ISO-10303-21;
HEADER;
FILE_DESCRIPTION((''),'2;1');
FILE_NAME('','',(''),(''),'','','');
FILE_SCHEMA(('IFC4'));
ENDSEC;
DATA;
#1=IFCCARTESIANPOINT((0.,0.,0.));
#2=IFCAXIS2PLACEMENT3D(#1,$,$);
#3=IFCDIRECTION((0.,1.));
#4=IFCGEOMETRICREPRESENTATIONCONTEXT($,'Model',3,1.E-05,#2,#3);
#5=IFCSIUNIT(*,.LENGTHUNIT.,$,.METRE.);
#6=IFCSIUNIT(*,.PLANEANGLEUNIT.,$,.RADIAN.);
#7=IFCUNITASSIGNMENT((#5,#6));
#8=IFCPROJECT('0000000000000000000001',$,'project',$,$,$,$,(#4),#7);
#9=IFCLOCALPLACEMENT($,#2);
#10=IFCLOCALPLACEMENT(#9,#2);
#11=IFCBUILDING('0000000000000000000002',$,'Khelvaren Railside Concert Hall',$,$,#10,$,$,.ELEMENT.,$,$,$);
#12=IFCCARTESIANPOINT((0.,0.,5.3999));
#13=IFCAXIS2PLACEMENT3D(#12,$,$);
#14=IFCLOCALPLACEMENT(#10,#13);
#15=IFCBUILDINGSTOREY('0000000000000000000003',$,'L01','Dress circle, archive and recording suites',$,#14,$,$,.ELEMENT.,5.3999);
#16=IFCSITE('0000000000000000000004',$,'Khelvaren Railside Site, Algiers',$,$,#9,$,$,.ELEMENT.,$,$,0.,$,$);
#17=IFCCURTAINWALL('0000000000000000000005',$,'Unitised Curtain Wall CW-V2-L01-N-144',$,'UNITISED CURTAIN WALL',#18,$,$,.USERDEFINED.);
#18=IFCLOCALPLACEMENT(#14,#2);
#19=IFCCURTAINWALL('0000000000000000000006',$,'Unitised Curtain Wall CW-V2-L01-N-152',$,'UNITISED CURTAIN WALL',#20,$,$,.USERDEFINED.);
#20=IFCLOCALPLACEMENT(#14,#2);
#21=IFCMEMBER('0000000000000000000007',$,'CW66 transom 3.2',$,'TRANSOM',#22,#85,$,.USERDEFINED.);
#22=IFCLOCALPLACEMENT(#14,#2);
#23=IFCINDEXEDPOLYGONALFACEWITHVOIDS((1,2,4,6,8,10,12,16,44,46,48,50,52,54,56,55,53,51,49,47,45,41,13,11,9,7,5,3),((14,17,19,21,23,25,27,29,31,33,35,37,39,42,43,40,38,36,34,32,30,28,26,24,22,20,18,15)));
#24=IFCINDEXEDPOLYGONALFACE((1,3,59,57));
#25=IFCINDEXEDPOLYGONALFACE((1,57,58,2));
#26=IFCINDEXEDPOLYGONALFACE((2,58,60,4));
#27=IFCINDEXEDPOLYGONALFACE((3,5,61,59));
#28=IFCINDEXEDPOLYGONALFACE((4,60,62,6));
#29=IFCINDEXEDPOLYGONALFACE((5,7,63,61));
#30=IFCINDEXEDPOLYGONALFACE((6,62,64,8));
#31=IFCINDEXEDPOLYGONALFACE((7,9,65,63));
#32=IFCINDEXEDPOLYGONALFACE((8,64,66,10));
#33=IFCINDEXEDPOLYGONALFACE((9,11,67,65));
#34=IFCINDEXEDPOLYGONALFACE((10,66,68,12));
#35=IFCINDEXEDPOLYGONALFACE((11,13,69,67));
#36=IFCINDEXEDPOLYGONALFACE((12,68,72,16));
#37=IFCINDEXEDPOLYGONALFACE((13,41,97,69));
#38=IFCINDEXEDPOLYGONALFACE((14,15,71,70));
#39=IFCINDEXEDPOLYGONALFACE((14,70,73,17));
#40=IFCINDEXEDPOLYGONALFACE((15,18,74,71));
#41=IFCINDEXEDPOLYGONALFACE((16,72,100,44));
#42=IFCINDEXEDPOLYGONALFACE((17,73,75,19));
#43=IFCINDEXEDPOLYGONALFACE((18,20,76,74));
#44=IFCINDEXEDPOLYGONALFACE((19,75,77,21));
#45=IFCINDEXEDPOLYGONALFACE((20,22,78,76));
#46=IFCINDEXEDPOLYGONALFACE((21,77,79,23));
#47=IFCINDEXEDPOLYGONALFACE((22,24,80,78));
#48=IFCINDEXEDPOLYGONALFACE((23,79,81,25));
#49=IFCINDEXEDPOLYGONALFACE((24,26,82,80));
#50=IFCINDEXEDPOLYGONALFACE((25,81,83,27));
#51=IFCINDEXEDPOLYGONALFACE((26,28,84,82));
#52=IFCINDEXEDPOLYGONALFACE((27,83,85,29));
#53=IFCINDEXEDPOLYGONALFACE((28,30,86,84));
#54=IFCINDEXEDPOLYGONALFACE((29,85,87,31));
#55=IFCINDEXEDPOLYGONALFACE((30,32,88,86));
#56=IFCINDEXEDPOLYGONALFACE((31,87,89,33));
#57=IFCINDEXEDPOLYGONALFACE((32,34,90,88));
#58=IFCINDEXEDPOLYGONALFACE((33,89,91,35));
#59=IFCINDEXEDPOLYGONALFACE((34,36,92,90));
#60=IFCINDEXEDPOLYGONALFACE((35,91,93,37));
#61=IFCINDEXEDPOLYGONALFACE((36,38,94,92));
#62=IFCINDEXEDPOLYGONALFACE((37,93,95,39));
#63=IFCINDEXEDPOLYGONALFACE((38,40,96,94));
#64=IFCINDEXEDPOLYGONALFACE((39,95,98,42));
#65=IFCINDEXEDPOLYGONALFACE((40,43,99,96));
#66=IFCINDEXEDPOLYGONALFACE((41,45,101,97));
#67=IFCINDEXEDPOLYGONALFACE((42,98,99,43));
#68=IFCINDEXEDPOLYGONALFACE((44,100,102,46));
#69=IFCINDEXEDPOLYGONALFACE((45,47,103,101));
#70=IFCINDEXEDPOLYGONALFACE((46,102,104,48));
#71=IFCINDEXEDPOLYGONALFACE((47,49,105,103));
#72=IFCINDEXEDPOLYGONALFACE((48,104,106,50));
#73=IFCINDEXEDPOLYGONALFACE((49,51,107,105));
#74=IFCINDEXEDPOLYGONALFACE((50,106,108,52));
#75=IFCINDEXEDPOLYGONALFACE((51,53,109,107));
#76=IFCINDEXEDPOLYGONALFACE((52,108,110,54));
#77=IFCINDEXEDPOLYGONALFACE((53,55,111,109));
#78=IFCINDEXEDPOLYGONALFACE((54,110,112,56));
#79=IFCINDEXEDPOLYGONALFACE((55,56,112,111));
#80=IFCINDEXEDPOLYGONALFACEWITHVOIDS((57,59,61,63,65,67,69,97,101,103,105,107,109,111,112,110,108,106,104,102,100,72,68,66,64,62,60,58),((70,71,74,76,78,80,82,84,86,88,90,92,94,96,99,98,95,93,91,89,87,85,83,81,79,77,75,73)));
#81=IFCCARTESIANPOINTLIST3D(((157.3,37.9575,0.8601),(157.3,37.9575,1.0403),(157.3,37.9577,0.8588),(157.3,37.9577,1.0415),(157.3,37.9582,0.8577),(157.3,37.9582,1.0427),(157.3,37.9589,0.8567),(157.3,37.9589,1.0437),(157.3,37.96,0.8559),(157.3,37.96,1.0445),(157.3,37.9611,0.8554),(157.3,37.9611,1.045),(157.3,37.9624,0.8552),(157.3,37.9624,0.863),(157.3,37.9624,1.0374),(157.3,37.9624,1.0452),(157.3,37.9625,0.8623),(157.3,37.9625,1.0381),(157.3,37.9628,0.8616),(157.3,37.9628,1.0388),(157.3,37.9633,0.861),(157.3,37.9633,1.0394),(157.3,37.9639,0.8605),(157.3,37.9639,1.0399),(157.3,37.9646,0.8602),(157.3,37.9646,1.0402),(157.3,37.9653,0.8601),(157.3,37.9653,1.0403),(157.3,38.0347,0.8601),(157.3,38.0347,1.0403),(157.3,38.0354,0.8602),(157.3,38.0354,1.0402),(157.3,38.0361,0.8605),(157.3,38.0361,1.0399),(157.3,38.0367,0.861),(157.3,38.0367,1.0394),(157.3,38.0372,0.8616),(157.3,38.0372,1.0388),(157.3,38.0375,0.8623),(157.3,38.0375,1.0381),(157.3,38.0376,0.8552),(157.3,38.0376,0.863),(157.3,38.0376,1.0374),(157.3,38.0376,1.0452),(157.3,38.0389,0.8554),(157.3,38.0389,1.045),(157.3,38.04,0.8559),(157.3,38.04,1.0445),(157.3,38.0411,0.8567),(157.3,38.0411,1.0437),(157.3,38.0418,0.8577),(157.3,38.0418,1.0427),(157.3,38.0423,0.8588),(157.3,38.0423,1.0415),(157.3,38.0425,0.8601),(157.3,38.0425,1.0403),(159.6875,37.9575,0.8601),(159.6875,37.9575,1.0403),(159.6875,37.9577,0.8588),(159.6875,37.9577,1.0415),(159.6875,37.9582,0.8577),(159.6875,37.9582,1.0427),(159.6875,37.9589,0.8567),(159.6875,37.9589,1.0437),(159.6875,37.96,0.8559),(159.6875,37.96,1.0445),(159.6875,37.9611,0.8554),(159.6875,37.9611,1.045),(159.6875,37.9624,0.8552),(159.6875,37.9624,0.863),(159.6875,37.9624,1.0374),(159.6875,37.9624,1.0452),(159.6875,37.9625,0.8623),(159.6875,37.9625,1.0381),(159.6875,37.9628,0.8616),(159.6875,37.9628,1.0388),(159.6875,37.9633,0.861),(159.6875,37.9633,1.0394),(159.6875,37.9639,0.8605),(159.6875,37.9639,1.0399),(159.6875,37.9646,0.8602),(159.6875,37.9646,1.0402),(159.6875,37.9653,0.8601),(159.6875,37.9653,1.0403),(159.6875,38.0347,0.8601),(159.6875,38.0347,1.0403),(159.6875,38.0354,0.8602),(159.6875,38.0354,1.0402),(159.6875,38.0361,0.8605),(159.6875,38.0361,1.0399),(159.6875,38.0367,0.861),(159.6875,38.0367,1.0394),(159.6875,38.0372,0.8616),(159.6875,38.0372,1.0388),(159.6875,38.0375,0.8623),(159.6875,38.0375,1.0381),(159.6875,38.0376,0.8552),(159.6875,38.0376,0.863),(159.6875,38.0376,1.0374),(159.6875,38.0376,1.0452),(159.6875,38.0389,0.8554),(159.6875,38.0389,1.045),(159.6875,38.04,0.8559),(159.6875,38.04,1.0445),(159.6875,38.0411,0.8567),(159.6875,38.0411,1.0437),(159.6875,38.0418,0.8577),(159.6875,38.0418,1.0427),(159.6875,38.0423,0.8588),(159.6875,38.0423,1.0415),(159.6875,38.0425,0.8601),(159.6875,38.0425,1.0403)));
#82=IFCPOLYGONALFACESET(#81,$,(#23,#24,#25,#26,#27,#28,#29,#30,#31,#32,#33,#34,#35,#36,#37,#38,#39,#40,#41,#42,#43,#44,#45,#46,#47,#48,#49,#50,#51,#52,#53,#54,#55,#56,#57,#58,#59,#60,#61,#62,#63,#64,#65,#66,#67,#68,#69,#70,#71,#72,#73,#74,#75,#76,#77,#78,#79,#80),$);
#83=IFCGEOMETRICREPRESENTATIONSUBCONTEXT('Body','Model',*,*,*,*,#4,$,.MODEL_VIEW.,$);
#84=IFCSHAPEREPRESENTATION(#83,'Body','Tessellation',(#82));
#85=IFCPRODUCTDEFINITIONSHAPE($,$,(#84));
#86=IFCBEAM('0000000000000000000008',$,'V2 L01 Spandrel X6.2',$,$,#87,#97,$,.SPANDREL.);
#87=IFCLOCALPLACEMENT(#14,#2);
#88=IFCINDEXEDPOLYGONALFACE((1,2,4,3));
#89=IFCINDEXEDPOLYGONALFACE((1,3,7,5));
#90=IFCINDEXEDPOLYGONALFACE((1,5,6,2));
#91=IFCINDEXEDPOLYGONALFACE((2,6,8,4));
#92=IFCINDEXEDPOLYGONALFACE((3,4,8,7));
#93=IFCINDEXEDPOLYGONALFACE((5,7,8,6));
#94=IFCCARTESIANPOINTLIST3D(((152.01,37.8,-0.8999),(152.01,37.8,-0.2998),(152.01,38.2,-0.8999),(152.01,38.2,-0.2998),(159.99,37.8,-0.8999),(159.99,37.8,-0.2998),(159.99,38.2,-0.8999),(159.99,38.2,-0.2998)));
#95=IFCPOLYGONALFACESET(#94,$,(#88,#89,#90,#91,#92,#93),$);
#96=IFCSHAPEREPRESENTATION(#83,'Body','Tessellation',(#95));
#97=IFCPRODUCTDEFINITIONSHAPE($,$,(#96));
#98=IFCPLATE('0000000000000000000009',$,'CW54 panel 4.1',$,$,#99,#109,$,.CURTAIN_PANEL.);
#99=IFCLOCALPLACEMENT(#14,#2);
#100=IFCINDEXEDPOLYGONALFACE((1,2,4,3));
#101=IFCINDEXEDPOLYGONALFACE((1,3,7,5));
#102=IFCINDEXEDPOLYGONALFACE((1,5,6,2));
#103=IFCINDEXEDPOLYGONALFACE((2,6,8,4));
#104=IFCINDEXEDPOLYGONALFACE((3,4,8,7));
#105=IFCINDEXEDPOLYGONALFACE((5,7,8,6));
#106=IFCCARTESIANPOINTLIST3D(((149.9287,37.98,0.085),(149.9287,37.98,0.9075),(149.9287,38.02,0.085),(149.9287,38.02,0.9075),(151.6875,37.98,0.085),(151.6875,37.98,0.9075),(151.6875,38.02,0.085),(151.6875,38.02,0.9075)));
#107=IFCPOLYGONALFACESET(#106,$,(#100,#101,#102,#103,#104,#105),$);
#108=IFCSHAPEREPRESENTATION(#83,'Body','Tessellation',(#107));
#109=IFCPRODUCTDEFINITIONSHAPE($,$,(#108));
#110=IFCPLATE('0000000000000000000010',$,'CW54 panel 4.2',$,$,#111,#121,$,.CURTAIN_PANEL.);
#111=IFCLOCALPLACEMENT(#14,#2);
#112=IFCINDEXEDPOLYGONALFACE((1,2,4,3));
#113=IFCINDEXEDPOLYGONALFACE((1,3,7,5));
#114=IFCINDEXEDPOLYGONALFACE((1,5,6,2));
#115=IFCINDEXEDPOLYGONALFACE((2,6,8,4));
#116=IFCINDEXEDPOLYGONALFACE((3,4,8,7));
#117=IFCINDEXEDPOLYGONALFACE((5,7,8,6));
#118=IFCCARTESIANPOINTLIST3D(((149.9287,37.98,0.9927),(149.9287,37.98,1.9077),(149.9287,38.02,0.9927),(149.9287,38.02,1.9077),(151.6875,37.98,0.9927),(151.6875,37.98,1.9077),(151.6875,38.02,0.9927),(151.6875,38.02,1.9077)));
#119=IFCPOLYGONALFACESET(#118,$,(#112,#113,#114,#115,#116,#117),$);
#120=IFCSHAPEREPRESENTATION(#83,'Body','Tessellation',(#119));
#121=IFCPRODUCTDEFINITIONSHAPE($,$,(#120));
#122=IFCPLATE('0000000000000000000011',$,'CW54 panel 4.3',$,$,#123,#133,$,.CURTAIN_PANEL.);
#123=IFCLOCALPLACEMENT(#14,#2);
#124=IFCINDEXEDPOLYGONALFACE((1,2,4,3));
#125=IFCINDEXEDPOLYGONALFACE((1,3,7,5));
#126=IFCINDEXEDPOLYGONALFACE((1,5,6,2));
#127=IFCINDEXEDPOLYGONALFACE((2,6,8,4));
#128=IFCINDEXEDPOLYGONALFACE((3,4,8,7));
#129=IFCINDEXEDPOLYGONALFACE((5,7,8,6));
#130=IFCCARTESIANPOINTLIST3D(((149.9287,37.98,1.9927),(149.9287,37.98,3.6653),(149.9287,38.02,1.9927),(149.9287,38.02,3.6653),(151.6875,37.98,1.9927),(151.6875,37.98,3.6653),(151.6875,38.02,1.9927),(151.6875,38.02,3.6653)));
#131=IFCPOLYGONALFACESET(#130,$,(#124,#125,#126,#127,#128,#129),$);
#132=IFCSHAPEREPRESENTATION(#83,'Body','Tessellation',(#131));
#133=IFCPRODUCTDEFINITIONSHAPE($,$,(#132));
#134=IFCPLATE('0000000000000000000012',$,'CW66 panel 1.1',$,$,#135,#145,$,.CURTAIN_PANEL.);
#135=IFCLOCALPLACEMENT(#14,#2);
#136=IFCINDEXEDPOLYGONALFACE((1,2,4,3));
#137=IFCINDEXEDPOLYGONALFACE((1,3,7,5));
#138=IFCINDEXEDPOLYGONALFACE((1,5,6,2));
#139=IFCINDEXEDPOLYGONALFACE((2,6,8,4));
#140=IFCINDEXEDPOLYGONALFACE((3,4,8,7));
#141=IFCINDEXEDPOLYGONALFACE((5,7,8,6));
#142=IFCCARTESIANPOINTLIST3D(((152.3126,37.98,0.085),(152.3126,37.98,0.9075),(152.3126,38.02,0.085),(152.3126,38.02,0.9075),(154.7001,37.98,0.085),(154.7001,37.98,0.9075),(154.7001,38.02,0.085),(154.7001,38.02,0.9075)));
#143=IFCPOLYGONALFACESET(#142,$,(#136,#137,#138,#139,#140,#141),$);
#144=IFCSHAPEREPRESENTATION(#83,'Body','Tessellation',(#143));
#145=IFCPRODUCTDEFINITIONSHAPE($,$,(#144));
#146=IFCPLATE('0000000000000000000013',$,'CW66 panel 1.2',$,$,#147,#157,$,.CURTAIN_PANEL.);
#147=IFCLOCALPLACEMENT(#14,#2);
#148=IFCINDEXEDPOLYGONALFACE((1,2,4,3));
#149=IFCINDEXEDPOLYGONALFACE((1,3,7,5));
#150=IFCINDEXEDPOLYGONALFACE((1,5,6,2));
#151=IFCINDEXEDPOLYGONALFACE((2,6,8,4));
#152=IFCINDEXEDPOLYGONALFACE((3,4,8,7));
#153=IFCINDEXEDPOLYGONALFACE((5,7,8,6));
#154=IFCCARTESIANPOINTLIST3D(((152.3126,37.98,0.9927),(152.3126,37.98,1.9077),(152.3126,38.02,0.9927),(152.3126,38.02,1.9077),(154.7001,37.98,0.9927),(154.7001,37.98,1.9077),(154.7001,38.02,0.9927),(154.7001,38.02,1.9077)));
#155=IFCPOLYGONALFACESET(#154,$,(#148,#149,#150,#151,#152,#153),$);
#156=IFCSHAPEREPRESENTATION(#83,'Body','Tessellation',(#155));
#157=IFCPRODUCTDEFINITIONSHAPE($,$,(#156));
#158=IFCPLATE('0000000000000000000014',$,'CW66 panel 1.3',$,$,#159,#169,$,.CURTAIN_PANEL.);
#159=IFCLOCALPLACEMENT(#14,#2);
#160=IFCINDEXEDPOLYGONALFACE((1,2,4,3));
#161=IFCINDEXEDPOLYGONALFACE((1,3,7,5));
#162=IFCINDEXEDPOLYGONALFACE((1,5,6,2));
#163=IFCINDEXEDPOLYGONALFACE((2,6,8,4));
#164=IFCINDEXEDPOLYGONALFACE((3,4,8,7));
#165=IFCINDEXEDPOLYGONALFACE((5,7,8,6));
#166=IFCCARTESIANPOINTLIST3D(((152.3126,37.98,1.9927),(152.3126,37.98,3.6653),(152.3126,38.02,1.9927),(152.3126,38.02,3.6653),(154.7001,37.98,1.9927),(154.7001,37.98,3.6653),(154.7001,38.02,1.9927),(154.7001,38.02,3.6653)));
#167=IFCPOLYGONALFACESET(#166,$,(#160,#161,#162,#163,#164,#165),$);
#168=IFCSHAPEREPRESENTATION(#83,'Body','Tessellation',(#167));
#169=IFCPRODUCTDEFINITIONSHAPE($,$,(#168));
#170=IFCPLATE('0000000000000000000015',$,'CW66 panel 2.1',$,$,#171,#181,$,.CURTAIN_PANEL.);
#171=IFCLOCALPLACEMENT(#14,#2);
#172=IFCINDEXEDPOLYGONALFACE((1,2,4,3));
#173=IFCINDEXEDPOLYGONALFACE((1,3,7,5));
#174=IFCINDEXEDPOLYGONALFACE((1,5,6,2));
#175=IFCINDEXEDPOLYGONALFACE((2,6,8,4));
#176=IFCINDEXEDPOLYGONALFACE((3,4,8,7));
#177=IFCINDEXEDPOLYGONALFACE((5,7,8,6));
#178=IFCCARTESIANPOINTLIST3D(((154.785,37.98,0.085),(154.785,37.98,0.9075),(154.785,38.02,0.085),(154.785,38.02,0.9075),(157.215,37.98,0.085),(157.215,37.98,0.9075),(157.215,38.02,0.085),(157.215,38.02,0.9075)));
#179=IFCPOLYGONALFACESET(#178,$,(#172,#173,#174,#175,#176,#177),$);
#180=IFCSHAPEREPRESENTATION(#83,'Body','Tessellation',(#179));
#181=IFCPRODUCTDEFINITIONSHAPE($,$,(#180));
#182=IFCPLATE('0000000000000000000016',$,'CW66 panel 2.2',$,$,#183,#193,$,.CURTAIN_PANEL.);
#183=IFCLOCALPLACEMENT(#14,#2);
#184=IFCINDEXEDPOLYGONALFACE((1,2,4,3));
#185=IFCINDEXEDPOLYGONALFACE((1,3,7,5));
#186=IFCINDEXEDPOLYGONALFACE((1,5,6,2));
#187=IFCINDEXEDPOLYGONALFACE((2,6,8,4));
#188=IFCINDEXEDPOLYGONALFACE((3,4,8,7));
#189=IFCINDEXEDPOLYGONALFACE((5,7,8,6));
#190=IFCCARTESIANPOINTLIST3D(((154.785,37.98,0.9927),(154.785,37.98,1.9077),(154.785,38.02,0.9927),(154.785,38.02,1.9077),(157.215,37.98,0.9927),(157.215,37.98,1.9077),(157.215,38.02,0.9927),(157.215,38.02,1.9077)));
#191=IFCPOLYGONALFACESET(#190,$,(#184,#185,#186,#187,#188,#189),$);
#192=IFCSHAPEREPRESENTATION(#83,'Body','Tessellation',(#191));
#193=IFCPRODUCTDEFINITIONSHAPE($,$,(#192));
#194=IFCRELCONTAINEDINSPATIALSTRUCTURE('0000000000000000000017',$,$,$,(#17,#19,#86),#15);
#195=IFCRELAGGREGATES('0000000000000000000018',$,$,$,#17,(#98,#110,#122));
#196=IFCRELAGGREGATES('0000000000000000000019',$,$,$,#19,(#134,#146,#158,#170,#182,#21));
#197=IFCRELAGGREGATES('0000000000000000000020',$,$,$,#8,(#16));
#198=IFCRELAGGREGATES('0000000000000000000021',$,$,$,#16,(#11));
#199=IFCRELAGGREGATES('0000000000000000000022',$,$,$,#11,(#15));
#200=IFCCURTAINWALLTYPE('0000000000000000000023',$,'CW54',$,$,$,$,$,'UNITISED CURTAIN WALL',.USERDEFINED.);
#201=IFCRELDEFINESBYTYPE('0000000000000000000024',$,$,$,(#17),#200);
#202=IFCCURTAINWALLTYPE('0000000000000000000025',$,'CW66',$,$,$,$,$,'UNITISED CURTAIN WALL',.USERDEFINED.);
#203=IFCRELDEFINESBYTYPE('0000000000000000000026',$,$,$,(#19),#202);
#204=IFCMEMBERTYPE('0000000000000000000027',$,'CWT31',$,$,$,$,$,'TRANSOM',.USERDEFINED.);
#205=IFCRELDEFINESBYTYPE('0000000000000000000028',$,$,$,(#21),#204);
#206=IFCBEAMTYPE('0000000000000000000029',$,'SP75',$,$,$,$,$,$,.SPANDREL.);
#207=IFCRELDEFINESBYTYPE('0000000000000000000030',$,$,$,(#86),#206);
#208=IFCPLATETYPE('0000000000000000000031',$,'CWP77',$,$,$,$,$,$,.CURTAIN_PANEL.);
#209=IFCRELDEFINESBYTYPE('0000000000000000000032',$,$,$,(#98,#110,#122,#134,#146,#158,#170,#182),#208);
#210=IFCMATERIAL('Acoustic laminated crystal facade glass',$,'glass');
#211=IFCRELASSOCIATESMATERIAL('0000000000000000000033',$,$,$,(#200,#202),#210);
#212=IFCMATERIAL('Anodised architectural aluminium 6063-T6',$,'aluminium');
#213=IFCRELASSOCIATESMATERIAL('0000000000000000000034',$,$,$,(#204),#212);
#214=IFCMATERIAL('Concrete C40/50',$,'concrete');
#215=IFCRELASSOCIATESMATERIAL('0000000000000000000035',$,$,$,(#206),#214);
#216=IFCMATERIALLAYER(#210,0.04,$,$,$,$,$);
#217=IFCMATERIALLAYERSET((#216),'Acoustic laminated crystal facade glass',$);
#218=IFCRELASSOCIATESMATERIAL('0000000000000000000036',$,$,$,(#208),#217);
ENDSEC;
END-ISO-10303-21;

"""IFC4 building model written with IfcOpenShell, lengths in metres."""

from ifc_helpers import new_model, si_unit, direction, frame, origin, origin_2d, place, context, subcontext, project, spatial, rectangle, hollow_rectangle, extrude, material, layer, layer_set, material_profile, profile_set, type_object, element, aggregate, save


model = new_model("IFC4")

# Units and contexts
model_context = context("Model", 3, precision=1e-05, world=origin(), true_north=direction((0.0, 1.0)))
body_context = subcontext(model_context, "Body", "Model", "MODEL_VIEW")
ifc_project = project(units=[si_unit("LENGTHUNIT", "METRE"), si_unit("PLANEANGLEUNIT", "RADIAN")], contexts=[model_context])

# Site, building, storey
site_placement = place(None, origin())
site = spatial("IfcSite", under=ifc_project, at=site_placement, Name="Khelvaren Railside Site, Algiers", CompositionType="ELEMENT", RefElevation=0.0)
building_placement = place(site_placement, origin())
building = spatial("IfcBuilding", under=site, at=building_placement, Name="Khelvaren Railside Concert Hall", CompositionType="ELEMENT")
storey_placement = place(building_placement, frame((0.0, 0.0, 5.3999)))
storey = spatial("IfcBuildingStorey", under=building, at=storey_placement, Name="L01", Description="Dress circle, archive and recording suites", CompositionType="ELEMENT", Elevation=5.3999)

# Curtain wall
ifc_material_1 = material(Name="Acoustic laminated crystal facade glass", Category="glass")
curtain_wall_type_1 = type_object("IfcCurtainWallType", Name="CW54", ElementType="UNITISED CURTAIN WALL", PredefinedType="USERDEFINED", material=ifc_material_1)
curtain_wall_1_placement = place(storey_placement, origin())
curtain_wall_1 = element("IfcCurtainWall", 1, at=curtain_wall_1_placement, inside=storey, type_object=curtain_wall_type_1, Name="Unitised Curtain Wall CW-V2-L01-N-144", ObjectType="UNITISED CURTAIN WALL", PredefinedType="USERDEFINED")
ifc_material_2 = material(Name="Anodised architectural aluminium 6063-T6", Category="aluminium")

# Curtain wall
curtain_wall_type_2 = type_object("IfcCurtainWallType", Name="CW66", ElementType="UNITISED CURTAIN WALL", PredefinedType="USERDEFINED", material=ifc_material_1)
curtain_wall_2_placement = place(storey_placement, origin())
curtain_wall_2 = element("IfcCurtainWall", 2, at=curtain_wall_2_placement, inside=storey, type_object=curtain_wall_type_2, Name="Unitised Curtain Wall CW-V2-L01-N-152", ObjectType="UNITISED CURTAIN WALL", PredefinedType="USERDEFINED")

# Member
ifc_material_profile_1 = material_profile(ifc_material_2, hollow_rectangle(XDim=0.085, YDim=0.1899, WallThickness=0.0049, InnerFilletRadius=0.0029, OuterFilletRadius=0.0049, at=origin_2d()), Name="CWT 85x190x5")
ifc_profile_set_1 = profile_set([ifc_material_profile_1], Name="Anodised architectural aluminium 6063-T6")
member_type_1 = type_object("IfcMemberType", Name="CWT31", ElementType="TRANSOM", PredefinedType="USERDEFINED", material=ifc_profile_set_1)
member_1_placement = place(storey_placement, frame((157.3, 38.0, 0.9502), z_axis=(1.0, 0.0, 0.0), x_axis=(0.0, 1.0, 0.0)))
member_1 = element("IfcMember", 3, at=member_1_placement, type_object=member_type_1, Name="CW66 transom 3.2", ObjectType="TRANSOM", PredefinedType="USERDEFINED", context=body_context, shape_type="SweptSolid", body=[
    extrude(hollow_rectangle(XDim=0.085, YDim=0.1899, WallThickness=0.0049, InnerFilletRadius=0.0029, OuterFilletRadius=0.0049, at=origin_2d()), origin(), (0.0, 0.0, 1.0), 2.3875),
])

# Beam
ifc_material_3 = material(Name="Concrete C40/50", Category="concrete")
ifc_material_profile_2 = material_profile(ifc_material_3, rectangle(XDim=0.3999, YDim=0.6001, at=origin_2d()), Name="RCB 400x600")
ifc_profile_set_2 = profile_set([ifc_material_profile_2], Name="Concrete C40/50")
beam_type = type_object("IfcBeamType", Name="SP75", PredefinedType="SPANDREL", material=ifc_profile_set_2)
beam_placement = place(storey_placement, frame((152.01, 38.0, -0.5999), z_axis=(1.0, 0.0, 0.0), x_axis=(0.0, 1.0, 0.0)))
element("IfcBeam", 4, at=beam_placement, inside=storey, type_object=beam_type, Name="V2 L01 Spandrel X6.2", PredefinedType="SPANDREL", context=body_context, shape_type="SweptSolid", body=[
    extrude(rectangle(XDim=0.3999, YDim=0.6001, at=origin_2d()), origin(), (0.0, 0.0, 1.0), 7.98),
])

# Plates
ifc_layer = layer(ifc_material_1, 0.04)
ifc_layer_set = layer_set([ifc_layer], Name="Acoustic laminated crystal facade glass")
plate_type = type_object("IfcPlateType", Name="CWP77", PredefinedType="CURTAIN_PANEL", material=ifc_layer_set)
plate_1_placement = place(storey_placement, frame((150.8081, 38.0, 0.085), z_axis=(0.0, 0.0, 1.0), x_axis=(1.0, 0.0, 0.0)))
plate_1 = element("IfcPlate", 5, at=plate_1_placement, type_object=plate_type, Name="CW54 panel 4.1", PredefinedType="CURTAIN_PANEL", context=body_context, shape_type="SweptSolid", body=[
    extrude(rectangle(XDim=1.7588, YDim=0.04, at=origin_2d()), origin(), (0.0, 0.0, 1.0), 0.8225),
])
plate_2_placement = place(storey_placement, frame((150.8081, 38.0, 0.9927), z_axis=(0.0, 0.0, 1.0), x_axis=(1.0, 0.0, 0.0)))
plate_2 = element("IfcPlate", 6, at=plate_2_placement, type_object=plate_type, Name="CW54 panel 4.2", PredefinedType="CURTAIN_PANEL", context=body_context, shape_type="SweptSolid", body=[
    extrude(rectangle(XDim=1.7588, YDim=0.04, at=origin_2d()), origin(), (0.0, 0.0, 1.0), 0.915),
])
plate_3_placement = place(storey_placement, frame((150.8081, 38.0, 1.9927), z_axis=(0.0, 0.0, 1.0), x_axis=(1.0, 0.0, 0.0)))
plate_3 = element("IfcPlate", 7, at=plate_3_placement, type_object=plate_type, Name="CW54 panel 4.3", PredefinedType="CURTAIN_PANEL", context=body_context, shape_type="SweptSolid", body=[
    extrude(rectangle(XDim=1.7588, YDim=0.04, at=origin_2d()), origin(), (0.0, 0.0, 1.0), 1.6726),
])
aggregate(curtain_wall_1, [plate_1, plate_2, plate_3])
plate_4_placement = place(storey_placement, frame((153.5063, 38.0, 0.085), z_axis=(0.0, 0.0, 1.0), x_axis=(1.0, 0.0, 0.0)))
plate_4 = element("IfcPlate", 8, at=plate_4_placement, type_object=plate_type, Name="CW66 panel 1.1", PredefinedType="CURTAIN_PANEL", context=body_context, shape_type="SweptSolid", body=[
    extrude(rectangle(XDim=2.3875, YDim=0.04, at=origin_2d()), origin(), (0.0, 0.0, 1.0), 0.8225),
])
plate_5_placement = place(storey_placement, frame((153.5063, 38.0, 0.9927), z_axis=(0.0, 0.0, 1.0), x_axis=(1.0, 0.0, 0.0)))
plate_5 = element("IfcPlate", 9, at=plate_5_placement, type_object=plate_type, Name="CW66 panel 1.2", PredefinedType="CURTAIN_PANEL", context=body_context, shape_type="SweptSolid", body=[
    extrude(rectangle(XDim=2.3875, YDim=0.04, at=origin_2d()), origin(), (0.0, 0.0, 1.0), 0.915),
])
plate_6_placement = place(storey_placement, frame((153.5063, 38.0, 1.9927), z_axis=(0.0, 0.0, 1.0), x_axis=(1.0, 0.0, 0.0)))
plate_6 = element("IfcPlate", 10, at=plate_6_placement, type_object=plate_type, Name="CW66 panel 1.3", PredefinedType="CURTAIN_PANEL", context=body_context, shape_type="SweptSolid", body=[
    extrude(rectangle(XDim=2.3875, YDim=0.04, at=origin_2d()), origin(), (0.0, 0.0, 1.0), 1.6726),
])
plate_7_placement = place(storey_placement, frame((156.0, 38.0, 0.085), z_axis=(0.0, 0.0, 1.0), x_axis=(1.0, 0.0, 0.0)))
plate_7 = element("IfcPlate", 11, at=plate_7_placement, type_object=plate_type, Name="CW66 panel 2.1", PredefinedType="CURTAIN_PANEL", context=body_context, shape_type="SweptSolid", body=[
    extrude(rectangle(XDim=2.4299, YDim=0.04, at=origin_2d()), origin(), (0.0, 0.0, 1.0), 0.8225),
])
plate_8_placement = place(storey_placement, frame((156.0, 38.0, 0.9927), z_axis=(0.0, 0.0, 1.0), x_axis=(1.0, 0.0, 0.0)))
plate_8 = element("IfcPlate", 12, at=plate_8_placement, type_object=plate_type, Name="CW66 panel 2.2", PredefinedType="CURTAIN_PANEL", context=body_context, shape_type="SweptSolid", body=[
    extrude(rectangle(XDim=2.4299, YDim=0.04, at=origin_2d()), origin(), (0.0, 0.0, 1.0), 0.915),
])
aggregate(curtain_wall_2, [plate_4, plate_5, plate_6, plate_7, plate_8, member_1])

save(model, "model.ifc")
